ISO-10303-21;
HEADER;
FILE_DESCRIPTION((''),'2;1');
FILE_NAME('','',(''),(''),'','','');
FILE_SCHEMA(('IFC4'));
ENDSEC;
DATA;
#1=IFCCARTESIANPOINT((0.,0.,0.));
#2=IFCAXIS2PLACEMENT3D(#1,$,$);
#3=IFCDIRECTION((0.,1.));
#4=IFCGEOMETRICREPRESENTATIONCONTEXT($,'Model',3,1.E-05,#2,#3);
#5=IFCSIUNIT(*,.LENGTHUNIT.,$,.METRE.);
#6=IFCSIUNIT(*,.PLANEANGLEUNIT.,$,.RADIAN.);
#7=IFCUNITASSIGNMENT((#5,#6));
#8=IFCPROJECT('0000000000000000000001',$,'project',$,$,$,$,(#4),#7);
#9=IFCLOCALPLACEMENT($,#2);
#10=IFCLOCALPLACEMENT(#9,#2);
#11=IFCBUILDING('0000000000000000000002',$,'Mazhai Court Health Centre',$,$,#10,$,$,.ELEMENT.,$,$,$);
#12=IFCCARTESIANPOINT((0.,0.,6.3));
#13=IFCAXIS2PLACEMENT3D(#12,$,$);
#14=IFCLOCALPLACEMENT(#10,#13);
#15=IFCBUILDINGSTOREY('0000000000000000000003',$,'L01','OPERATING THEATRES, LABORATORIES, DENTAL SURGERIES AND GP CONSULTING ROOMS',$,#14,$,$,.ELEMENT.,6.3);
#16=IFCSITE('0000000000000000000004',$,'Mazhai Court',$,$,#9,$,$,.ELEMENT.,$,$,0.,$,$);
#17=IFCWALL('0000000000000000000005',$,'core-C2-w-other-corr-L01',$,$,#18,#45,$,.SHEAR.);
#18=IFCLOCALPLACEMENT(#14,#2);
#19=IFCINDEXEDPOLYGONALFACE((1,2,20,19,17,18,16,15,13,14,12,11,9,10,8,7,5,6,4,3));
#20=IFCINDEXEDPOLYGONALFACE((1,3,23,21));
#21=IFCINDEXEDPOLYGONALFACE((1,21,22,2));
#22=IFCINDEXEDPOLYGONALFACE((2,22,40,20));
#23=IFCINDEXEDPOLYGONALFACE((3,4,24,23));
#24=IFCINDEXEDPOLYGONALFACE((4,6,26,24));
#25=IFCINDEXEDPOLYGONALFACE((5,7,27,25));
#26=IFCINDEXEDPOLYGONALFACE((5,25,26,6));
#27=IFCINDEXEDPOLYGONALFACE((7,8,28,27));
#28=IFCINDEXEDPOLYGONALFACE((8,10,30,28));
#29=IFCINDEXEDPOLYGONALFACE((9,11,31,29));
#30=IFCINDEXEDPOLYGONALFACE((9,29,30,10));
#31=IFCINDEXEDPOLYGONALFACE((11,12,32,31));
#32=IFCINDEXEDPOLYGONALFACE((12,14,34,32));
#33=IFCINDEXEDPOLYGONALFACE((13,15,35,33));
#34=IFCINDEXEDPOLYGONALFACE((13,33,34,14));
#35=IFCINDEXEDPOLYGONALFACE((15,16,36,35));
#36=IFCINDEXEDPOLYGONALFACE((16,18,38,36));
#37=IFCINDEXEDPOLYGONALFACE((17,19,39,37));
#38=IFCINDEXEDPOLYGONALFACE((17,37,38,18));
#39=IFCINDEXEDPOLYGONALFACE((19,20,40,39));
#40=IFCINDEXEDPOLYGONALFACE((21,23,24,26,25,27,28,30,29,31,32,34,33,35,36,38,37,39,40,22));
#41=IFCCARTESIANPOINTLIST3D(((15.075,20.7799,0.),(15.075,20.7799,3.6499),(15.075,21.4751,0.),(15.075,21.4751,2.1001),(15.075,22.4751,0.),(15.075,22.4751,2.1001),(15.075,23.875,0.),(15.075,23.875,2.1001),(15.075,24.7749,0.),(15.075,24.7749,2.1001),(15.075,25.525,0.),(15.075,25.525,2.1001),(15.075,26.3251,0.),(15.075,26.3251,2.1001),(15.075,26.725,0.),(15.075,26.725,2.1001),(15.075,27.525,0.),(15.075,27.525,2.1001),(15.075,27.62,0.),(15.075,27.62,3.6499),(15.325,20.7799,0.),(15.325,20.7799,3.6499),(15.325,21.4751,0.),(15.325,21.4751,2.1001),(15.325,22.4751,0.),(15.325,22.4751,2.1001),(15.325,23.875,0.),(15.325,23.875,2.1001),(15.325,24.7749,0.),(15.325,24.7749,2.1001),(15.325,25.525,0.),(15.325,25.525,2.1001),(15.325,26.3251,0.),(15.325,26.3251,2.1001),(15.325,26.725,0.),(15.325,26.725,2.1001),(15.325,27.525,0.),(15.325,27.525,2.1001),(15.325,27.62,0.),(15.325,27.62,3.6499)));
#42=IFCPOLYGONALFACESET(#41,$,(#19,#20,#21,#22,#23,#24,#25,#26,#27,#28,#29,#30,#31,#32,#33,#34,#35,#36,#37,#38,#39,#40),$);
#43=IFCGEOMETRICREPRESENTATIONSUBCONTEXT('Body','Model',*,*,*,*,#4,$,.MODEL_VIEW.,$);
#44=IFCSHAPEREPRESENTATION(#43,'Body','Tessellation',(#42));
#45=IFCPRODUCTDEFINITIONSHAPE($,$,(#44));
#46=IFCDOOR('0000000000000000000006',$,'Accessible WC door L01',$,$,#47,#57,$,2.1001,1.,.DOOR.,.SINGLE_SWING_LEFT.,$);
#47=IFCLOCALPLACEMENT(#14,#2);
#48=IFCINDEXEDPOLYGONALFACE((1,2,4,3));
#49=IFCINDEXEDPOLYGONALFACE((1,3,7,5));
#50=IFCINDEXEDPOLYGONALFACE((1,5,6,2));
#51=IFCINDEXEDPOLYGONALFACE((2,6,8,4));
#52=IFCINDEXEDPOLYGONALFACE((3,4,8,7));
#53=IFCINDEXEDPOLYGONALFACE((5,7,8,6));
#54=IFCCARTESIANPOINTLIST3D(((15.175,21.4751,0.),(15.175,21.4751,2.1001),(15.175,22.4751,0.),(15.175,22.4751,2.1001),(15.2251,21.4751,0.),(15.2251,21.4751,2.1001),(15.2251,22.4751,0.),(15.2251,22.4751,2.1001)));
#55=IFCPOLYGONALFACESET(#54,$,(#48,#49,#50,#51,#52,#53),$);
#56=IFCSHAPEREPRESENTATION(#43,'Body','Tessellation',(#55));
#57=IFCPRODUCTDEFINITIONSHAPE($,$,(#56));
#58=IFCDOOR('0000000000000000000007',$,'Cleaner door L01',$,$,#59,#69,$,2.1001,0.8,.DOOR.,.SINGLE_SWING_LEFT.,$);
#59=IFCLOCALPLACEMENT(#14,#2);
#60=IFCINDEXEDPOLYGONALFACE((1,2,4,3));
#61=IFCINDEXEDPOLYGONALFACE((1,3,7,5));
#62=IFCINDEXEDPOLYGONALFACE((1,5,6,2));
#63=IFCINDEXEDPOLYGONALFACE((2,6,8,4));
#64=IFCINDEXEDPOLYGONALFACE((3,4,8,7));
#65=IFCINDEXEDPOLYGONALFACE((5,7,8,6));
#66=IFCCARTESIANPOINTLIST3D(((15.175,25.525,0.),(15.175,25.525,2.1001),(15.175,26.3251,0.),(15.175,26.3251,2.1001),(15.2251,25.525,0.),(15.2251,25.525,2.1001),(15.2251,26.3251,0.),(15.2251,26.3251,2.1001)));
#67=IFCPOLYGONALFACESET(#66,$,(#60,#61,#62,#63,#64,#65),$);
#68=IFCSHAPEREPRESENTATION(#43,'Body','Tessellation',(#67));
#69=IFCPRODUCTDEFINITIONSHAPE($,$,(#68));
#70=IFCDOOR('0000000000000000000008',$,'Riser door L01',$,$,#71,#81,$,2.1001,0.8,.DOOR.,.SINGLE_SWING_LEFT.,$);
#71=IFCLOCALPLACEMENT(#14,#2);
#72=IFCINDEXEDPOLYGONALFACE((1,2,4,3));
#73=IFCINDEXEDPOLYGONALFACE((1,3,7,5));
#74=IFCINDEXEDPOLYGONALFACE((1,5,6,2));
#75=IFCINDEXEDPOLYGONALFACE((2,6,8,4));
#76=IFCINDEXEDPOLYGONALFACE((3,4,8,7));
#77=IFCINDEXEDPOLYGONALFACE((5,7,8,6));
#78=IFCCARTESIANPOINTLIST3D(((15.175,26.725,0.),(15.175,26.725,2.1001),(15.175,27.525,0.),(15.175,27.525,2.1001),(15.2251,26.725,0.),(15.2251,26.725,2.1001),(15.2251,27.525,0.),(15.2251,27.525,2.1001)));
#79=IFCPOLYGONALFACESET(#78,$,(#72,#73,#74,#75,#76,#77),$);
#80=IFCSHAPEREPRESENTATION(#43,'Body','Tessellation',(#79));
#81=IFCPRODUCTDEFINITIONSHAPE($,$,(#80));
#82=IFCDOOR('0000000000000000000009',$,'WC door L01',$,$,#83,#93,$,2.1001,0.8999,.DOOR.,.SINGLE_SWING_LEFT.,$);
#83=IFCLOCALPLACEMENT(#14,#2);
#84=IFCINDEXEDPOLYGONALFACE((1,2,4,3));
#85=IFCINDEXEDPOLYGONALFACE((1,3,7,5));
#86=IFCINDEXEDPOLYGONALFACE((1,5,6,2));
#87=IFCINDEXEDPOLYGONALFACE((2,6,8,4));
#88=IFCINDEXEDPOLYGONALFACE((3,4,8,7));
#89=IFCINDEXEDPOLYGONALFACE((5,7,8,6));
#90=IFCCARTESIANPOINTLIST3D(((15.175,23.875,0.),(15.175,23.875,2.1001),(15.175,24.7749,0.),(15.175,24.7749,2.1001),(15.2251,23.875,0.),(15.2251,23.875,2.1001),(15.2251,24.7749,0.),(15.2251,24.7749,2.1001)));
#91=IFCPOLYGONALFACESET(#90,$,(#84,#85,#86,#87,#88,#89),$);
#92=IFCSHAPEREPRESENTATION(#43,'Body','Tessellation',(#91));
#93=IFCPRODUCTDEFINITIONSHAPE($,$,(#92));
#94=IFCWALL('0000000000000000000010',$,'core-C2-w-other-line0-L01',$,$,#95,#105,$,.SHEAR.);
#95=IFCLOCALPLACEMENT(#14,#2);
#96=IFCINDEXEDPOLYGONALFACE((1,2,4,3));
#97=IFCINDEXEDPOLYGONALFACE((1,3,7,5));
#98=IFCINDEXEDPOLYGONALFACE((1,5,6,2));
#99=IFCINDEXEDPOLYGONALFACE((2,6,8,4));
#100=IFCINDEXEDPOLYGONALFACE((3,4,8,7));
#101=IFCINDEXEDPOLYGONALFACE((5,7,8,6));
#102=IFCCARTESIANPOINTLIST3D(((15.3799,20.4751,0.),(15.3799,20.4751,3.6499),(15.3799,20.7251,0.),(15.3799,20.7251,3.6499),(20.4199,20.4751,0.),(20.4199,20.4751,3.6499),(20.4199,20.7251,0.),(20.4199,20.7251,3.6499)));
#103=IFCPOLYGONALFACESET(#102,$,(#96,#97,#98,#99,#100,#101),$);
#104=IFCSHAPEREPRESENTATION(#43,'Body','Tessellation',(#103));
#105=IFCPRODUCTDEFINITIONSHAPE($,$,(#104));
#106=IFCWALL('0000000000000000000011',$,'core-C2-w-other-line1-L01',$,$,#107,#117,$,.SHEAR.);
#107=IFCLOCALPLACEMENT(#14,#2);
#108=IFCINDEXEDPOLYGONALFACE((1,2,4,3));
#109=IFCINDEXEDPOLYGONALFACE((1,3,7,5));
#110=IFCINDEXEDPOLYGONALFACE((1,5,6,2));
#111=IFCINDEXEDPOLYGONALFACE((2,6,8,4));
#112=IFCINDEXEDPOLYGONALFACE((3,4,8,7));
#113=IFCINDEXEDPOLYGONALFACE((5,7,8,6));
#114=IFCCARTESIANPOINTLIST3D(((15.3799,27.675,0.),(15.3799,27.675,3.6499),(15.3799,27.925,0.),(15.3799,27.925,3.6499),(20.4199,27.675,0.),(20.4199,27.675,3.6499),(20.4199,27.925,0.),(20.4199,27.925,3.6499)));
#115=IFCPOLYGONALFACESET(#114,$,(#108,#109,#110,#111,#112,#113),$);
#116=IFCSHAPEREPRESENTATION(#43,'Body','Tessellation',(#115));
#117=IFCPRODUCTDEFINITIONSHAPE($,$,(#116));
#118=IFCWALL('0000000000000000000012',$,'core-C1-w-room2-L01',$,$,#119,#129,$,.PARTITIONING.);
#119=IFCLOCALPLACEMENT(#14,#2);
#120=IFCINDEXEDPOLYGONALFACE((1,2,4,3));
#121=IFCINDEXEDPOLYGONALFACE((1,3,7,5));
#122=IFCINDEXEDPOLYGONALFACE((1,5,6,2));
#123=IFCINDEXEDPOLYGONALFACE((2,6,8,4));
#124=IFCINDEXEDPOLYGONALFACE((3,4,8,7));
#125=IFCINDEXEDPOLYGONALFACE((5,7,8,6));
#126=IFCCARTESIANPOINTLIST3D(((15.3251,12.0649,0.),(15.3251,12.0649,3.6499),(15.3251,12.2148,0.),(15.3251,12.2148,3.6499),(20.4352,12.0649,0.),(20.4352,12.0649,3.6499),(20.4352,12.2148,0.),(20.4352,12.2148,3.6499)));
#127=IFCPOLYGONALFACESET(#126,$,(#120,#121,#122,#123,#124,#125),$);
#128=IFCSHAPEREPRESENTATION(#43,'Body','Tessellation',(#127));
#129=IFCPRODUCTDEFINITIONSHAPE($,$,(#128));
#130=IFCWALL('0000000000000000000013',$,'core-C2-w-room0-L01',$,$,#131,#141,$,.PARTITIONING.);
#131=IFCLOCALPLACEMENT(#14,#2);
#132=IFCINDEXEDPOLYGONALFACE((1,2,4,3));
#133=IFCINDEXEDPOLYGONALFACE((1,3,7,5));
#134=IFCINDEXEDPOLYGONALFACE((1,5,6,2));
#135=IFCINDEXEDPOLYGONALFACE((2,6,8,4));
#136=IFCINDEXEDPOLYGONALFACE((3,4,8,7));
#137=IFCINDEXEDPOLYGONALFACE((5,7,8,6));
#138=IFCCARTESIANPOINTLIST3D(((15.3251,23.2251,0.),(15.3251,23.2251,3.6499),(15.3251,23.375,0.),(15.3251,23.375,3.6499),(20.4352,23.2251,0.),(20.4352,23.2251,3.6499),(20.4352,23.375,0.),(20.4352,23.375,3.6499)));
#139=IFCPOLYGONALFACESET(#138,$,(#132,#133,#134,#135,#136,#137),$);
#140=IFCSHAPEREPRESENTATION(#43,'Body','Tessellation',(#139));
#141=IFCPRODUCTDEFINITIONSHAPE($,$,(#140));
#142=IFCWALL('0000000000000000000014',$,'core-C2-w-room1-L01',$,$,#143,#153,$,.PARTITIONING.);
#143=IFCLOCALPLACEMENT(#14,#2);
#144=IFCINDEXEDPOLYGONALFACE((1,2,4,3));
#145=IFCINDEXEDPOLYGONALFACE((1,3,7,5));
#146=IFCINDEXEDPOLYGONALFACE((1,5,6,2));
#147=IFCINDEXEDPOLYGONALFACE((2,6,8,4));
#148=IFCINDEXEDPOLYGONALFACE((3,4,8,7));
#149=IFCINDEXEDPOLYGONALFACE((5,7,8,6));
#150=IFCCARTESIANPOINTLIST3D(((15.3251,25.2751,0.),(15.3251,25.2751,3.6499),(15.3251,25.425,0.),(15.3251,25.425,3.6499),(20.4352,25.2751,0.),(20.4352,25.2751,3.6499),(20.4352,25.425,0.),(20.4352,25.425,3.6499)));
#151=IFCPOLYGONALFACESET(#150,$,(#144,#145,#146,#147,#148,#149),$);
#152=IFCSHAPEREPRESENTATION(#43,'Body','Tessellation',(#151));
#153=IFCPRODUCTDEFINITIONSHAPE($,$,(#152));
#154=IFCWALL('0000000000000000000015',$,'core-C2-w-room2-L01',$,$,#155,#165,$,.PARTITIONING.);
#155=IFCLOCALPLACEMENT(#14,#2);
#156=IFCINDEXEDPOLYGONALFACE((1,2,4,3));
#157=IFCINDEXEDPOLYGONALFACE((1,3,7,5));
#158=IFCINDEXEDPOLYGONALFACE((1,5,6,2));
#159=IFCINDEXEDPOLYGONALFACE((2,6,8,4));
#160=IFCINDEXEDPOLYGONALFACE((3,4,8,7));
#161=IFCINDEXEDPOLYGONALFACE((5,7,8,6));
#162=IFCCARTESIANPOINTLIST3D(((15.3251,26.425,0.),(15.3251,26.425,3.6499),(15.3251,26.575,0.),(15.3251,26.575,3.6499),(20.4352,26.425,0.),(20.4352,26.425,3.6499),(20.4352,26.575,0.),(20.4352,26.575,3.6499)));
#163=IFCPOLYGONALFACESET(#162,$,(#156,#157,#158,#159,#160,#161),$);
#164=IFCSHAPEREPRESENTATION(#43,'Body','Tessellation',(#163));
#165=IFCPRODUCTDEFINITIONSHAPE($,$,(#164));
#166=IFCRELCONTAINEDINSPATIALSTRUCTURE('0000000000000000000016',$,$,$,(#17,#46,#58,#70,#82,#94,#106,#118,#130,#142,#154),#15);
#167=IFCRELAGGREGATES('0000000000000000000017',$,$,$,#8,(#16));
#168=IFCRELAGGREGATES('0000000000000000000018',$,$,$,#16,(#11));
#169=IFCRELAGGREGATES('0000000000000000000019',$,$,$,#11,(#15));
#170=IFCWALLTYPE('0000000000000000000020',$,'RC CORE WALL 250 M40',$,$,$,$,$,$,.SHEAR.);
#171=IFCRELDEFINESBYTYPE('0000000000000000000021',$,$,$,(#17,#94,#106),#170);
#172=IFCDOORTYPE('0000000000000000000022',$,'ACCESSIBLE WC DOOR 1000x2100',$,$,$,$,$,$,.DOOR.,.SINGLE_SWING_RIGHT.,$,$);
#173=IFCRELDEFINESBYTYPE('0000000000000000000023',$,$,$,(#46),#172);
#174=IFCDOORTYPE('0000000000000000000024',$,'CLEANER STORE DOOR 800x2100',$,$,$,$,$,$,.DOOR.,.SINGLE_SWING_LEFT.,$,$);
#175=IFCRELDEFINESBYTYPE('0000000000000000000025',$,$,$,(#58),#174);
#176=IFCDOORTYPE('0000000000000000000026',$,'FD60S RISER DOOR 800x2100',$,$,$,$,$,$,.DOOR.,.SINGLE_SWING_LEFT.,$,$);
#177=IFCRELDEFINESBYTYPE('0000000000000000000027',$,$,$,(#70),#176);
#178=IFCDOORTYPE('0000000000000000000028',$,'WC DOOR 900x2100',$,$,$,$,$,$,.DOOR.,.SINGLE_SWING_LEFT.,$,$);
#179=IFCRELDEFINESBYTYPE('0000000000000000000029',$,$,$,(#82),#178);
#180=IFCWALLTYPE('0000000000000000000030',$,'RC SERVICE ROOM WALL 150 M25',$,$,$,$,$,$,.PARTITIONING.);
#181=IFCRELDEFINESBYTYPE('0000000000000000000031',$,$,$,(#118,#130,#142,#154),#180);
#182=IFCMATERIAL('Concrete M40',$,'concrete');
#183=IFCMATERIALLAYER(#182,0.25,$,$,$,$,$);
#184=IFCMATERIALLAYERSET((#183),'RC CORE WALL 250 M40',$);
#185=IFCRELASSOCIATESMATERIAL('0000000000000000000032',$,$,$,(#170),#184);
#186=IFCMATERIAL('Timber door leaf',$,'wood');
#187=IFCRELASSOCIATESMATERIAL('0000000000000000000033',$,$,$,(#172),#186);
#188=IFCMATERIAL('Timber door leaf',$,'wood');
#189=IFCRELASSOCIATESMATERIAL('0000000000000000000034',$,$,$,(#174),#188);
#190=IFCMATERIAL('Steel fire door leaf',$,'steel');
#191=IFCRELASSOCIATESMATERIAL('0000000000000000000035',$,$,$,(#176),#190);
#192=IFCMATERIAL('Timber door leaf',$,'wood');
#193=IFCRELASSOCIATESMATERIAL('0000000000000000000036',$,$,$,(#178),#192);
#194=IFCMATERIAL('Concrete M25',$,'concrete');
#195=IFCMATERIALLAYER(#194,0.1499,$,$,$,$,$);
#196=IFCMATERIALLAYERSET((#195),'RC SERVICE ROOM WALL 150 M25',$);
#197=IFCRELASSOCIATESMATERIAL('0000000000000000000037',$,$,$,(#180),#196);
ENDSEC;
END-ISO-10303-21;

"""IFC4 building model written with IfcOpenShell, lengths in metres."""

from ifc_helpers import new_model, si_unit, direction, frame, frame_2d, origin, place, context, subcontext, project, spatial, rectangle, extrude, material, layer, layer_set, type_object, element, fill, save


model = new_model("IFC4")

# Units and contexts
model_context = context("Model", 3, precision=1e-05, world=origin(), true_north=direction((0.0, 1.0)))
body_context = subcontext(model_context, "Body", "Model", "MODEL_VIEW")
ifc_project = project(units=[si_unit("LENGTHUNIT", "METRE"), si_unit("PLANEANGLEUNIT", "RADIAN")], contexts=[model_context])

# Site, building, storey
site_placement = place(None, origin())
site = spatial("IfcSite", under=ifc_project, at=site_placement, Name="Mazhai Court", CompositionType="ELEMENT", RefElevation=0.0)
building_placement = place(site_placement, origin())
building = spatial("IfcBuilding", under=site, at=building_placement, Name="Mazhai Court Health Centre", CompositionType="ELEMENT")
storey_placement = place(building_placement, frame((0.0, 0.0, 6.3)))
storey = spatial("IfcBuildingStorey", under=building, at=storey_placement, Name="L01", Description="OPERATING THEATRES, LABORATORIES, DENTAL SURGERIES AND GP CONSULTING ROOMS", CompositionType="ELEMENT", Elevation=6.3)

# Shared definitions
ifc_material_1 = material(Name="Concrete M40", Category="concrete")
ifc_layer_1 = layer(ifc_material_1, 0.25)
ifc_layer_set_1 = layer_set([ifc_layer_1], Name="RC CORE WALL 250 M40")
wall_type_1 = type_object("IfcWallType", Name="RC CORE WALL 250 M40", PredefinedType="SHEAR", material=ifc_layer_set_1)

# Wall, openings, doors
wall_1_placement = place(storey_placement, frame((15.2, 20.78, 0.0), z_axis=(0.0, 0.0, 1.0), x_axis=(0.0, 1.0, 0.0)))
wall_1 = element("IfcWall", 1, at=wall_1_placement, inside=storey, type_object=wall_type_1, Name="core-C2-w-other-corr-L01", PredefinedType="SHEAR", context=body_context, shape_type="SweptSolid", body=[
    extrude(rectangle(XDim=6.8401, YDim=0.25, at=frame_2d((3.4199, 0.0))), origin(), (0.0, 0.0, 1.0), 3.6499),
])
opening_1_placement = place(wall_1_placement, frame((0.6951, 0.0, 0.0)))
opening_1 = element("IfcOpeningElement", 2, at=opening_1_placement, cuts=wall_1, PredefinedType="OPENING", context=body_context, shape_type="SweptSolid", body=[
    extrude(rectangle(XDim=1.0, YDim=2.1001, at=frame_2d((0.5, 1.05))), frame((0.0, 0.135, 0.0), z_axis=(0.0, -1.0, 0.0), x_axis=(1.0, 0.0, 0.0)), (0.0, 0.0, 1.0), 0.27),
])
opening_2_placement = place(wall_1_placement, frame((3.095, 0.0, 0.0)))
opening_2 = element("IfcOpeningElement", 3, at=opening_2_placement, cuts=wall_1, PredefinedType="OPENING", context=body_context, shape_type="SweptSolid", body=[
    extrude(rectangle(XDim=0.8999, YDim=2.1001, at=frame_2d((0.45, 1.05))), frame((0.0, 0.135, 0.0), z_axis=(0.0, -1.0, 0.0), x_axis=(1.0, 0.0, 0.0)), (0.0, 0.0, 1.0), 0.27),
])
opening_3_placement = place(wall_1_placement, frame((4.7451, 0.0, 0.0)))
opening_3 = element("IfcOpeningElement", 4, at=opening_3_placement, cuts=wall_1, PredefinedType="OPENING", context=body_context, shape_type="SweptSolid", body=[
    extrude(rectangle(XDim=0.8, YDim=2.1001, at=frame_2d((0.3999, 1.05))), frame((0.0, 0.135, 0.0), z_axis=(0.0, -1.0, 0.0), x_axis=(1.0, 0.0, 0.0)), (0.0, 0.0, 1.0), 0.27),
])
opening_4_placement = place(wall_1_placement, frame((5.9451, 0.0, 0.0)))
opening_4 = element("IfcOpeningElement", 5, at=opening_4_placement, cuts=wall_1, PredefinedType="OPENING", context=body_context, shape_type="SweptSolid", body=[
    extrude(rectangle(XDim=0.8, YDim=2.1001, at=frame_2d((0.3999, 1.05))), frame((0.0, 0.135, 0.0), z_axis=(0.0, -1.0, 0.0), x_axis=(1.0, 0.0, 0.0)), (0.0, 0.0, 1.0), 0.27),
])
ifc_material_2 = material(Name="Timber door leaf", Category="wood")
door_type_1 = type_object("IfcDoorType", Name="ACCESSIBLE WC DOOR 1000x2100", OperationType="SINGLE_SWING_RIGHT", PredefinedType="DOOR", material=ifc_material_2)
door_1_placement = place(opening_1_placement, origin())
door_1 = element("IfcDoor", 6, at=door_1_placement, inside=storey, type_object=door_type_1, Name="Accessible WC door L01", OperationType="SINGLE_SWING_LEFT", OverallHeight=2.1001, OverallWidth=1.0, PredefinedType="DOOR", context=body_context, shape_type="SweptSolid", body=[
    extrude(rectangle(XDim=1.0, YDim=2.1001, at=frame_2d((0.5, 1.05))), frame((0.0, 0.0249, 0.0), z_axis=(0.0, -1.0, 0.0), x_axis=(1.0, 0.0, 0.0)), (0.0, 0.0, 1.0), 0.05),
])
fill(opening_1, door_1)
ifc_material_3 = material(Name="Timber door leaf", Category="wood")
door_type_2 = type_object("IfcDoorType", Name="CLEANER STORE DOOR 800x2100", OperationType="SINGLE_SWING_LEFT", PredefinedType="DOOR", material=ifc_material_3)
door_2_placement = place(opening_3_placement, origin())
door_2 = element("IfcDoor", 7, at=door_2_placement, inside=storey, type_object=door_type_2, Name="Cleaner door L01", OperationType="SINGLE_SWING_LEFT", OverallHeight=2.1001, OverallWidth=0.8, PredefinedType="DOOR", context=body_context, shape_type="SweptSolid", body=[
    extrude(rectangle(XDim=0.8, YDim=2.1001, at=frame_2d((0.3999, 1.05))), frame((0.0, 0.0249, 0.0), z_axis=(0.0, -1.0, 0.0), x_axis=(1.0, 0.0, 0.0)), (0.0, 0.0, 1.0), 0.05),
])
fill(opening_3, door_2)
ifc_material_4 = material(Name="Steel fire door leaf", Category="steel")
door_type_3 = type_object("IfcDoorType", Name="FD60S RISER DOOR 800x2100", OperationType="SINGLE_SWING_LEFT", PredefinedType="DOOR", material=ifc_material_4)
door_3_placement = place(opening_4_placement, origin())
door_3 = element("IfcDoor", 8, at=door_3_placement, inside=storey, type_object=door_type_3, Name="Riser door L01", OperationType="SINGLE_SWING_LEFT", OverallHeight=2.1001, OverallWidth=0.8, PredefinedType="DOOR", context=body_context, shape_type="SweptSolid", body=[
    extrude(rectangle(XDim=0.8, YDim=2.1001, at=frame_2d((0.3999, 1.05))), frame((0.0, 0.0249, 0.0), z_axis=(0.0, -1.0, 0.0), x_axis=(1.0, 0.0, 0.0)), (0.0, 0.0, 1.0), 0.05),
])
fill(opening_4, door_3)
ifc_material_5 = material(Name="Timber door leaf", Category="wood")
door_type_4 = type_object("IfcDoorType", Name="WC DOOR 900x2100", OperationType="SINGLE_SWING_LEFT", PredefinedType="DOOR", material=ifc_material_5)
door_4_placement = place(opening_2_placement, origin())
door_4 = element("IfcDoor", 9, at=door_4_placement, inside=storey, type_object=door_type_4, Name="WC door L01", OperationType="SINGLE_SWING_LEFT", OverallHeight=2.1001, OverallWidth=0.8999, PredefinedType="DOOR", context=body_context, shape_type="SweptSolid", body=[
    extrude(rectangle(XDim=0.8999, YDim=2.1001, at=frame_2d((0.45, 1.05))), frame((0.0, 0.0249, 0.0), z_axis=(0.0, -1.0, 0.0), x_axis=(1.0, 0.0, 0.0)), (0.0, 0.0, 1.0), 0.05),
])
fill(opening_2, door_4)

# Walls
for number, where, z_axis, x_axis, name in (
    (10, (15.3799, 20.6001, 0.0), (0.0, 0.0, 1.0), (1.0, 0.0, 0.0), "core-C2-w-other-line0-L01"),
    (11, (15.3799, 27.8, 0.0), (0.0, 0.0, 1.0), (1.0, 0.0, 0.0), "core-C2-w-other-line1-L01"),
):
    element("IfcWall", number, at=place(storey_placement, frame(where, z_axis=z_axis, x_axis=x_axis)), inside=storey, type_object=wall_type_1, Name=name, PredefinedType="SHEAR", context=body_context, shape_type="SweptSolid", body=[
        extrude(rectangle(XDim=5.04, YDim=0.25, at=frame_2d((2.52, 0.0))), origin(), (0.0, 0.0, 1.0), 3.6499),
    ])
ifc_material_6 = material(Name="Concrete M25", Category="concrete")
ifc_layer_2 = layer(ifc_material_6, 0.1499)
ifc_layer_set_2 = layer_set([ifc_layer_2], Name="RC SERVICE ROOM WALL 150 M25")
wall_type_2 = type_object("IfcWallType", Name="RC SERVICE ROOM WALL 150 M25", PredefinedType="PARTITIONING", material=ifc_layer_set_2)
for number, where, z_axis, x_axis, name in (
    (12, (15.325, 12.1399, 0.0), (0.0, 0.0, 1.0), (1.0, 0.0, 0.0), "core-C1-w-room2-L01"),
    (13, (15.325, 23.3, 0.0), (0.0, 0.0, 1.0), (1.0, 0.0, 0.0), "core-C2-w-room0-L01"),
    (14, (15.325, 25.3501, 0.0), (0.0, 0.0, 1.0), (1.0, 0.0, 0.0), "core-C2-w-room1-L01"),
    (15, (15.325, 26.5, 0.0), (0.0, 0.0, 1.0), (1.0, 0.0, 0.0), "core-C2-w-room2-L01"),
):
    element("IfcWall", number, at=place(storey_placement, frame(where, z_axis=z_axis, x_axis=x_axis)), inside=storey, type_object=wall_type_2, Name=name, PredefinedType="PARTITIONING", context=body_context, shape_type="SweptSolid", body=[
        extrude(rectangle(XDim=5.1101, YDim=0.1499, at=frame_2d((2.5552, 0.0))), origin(), (0.0, 0.0, 1.0), 3.6499),
    ])

save(model, "model.ifc")
